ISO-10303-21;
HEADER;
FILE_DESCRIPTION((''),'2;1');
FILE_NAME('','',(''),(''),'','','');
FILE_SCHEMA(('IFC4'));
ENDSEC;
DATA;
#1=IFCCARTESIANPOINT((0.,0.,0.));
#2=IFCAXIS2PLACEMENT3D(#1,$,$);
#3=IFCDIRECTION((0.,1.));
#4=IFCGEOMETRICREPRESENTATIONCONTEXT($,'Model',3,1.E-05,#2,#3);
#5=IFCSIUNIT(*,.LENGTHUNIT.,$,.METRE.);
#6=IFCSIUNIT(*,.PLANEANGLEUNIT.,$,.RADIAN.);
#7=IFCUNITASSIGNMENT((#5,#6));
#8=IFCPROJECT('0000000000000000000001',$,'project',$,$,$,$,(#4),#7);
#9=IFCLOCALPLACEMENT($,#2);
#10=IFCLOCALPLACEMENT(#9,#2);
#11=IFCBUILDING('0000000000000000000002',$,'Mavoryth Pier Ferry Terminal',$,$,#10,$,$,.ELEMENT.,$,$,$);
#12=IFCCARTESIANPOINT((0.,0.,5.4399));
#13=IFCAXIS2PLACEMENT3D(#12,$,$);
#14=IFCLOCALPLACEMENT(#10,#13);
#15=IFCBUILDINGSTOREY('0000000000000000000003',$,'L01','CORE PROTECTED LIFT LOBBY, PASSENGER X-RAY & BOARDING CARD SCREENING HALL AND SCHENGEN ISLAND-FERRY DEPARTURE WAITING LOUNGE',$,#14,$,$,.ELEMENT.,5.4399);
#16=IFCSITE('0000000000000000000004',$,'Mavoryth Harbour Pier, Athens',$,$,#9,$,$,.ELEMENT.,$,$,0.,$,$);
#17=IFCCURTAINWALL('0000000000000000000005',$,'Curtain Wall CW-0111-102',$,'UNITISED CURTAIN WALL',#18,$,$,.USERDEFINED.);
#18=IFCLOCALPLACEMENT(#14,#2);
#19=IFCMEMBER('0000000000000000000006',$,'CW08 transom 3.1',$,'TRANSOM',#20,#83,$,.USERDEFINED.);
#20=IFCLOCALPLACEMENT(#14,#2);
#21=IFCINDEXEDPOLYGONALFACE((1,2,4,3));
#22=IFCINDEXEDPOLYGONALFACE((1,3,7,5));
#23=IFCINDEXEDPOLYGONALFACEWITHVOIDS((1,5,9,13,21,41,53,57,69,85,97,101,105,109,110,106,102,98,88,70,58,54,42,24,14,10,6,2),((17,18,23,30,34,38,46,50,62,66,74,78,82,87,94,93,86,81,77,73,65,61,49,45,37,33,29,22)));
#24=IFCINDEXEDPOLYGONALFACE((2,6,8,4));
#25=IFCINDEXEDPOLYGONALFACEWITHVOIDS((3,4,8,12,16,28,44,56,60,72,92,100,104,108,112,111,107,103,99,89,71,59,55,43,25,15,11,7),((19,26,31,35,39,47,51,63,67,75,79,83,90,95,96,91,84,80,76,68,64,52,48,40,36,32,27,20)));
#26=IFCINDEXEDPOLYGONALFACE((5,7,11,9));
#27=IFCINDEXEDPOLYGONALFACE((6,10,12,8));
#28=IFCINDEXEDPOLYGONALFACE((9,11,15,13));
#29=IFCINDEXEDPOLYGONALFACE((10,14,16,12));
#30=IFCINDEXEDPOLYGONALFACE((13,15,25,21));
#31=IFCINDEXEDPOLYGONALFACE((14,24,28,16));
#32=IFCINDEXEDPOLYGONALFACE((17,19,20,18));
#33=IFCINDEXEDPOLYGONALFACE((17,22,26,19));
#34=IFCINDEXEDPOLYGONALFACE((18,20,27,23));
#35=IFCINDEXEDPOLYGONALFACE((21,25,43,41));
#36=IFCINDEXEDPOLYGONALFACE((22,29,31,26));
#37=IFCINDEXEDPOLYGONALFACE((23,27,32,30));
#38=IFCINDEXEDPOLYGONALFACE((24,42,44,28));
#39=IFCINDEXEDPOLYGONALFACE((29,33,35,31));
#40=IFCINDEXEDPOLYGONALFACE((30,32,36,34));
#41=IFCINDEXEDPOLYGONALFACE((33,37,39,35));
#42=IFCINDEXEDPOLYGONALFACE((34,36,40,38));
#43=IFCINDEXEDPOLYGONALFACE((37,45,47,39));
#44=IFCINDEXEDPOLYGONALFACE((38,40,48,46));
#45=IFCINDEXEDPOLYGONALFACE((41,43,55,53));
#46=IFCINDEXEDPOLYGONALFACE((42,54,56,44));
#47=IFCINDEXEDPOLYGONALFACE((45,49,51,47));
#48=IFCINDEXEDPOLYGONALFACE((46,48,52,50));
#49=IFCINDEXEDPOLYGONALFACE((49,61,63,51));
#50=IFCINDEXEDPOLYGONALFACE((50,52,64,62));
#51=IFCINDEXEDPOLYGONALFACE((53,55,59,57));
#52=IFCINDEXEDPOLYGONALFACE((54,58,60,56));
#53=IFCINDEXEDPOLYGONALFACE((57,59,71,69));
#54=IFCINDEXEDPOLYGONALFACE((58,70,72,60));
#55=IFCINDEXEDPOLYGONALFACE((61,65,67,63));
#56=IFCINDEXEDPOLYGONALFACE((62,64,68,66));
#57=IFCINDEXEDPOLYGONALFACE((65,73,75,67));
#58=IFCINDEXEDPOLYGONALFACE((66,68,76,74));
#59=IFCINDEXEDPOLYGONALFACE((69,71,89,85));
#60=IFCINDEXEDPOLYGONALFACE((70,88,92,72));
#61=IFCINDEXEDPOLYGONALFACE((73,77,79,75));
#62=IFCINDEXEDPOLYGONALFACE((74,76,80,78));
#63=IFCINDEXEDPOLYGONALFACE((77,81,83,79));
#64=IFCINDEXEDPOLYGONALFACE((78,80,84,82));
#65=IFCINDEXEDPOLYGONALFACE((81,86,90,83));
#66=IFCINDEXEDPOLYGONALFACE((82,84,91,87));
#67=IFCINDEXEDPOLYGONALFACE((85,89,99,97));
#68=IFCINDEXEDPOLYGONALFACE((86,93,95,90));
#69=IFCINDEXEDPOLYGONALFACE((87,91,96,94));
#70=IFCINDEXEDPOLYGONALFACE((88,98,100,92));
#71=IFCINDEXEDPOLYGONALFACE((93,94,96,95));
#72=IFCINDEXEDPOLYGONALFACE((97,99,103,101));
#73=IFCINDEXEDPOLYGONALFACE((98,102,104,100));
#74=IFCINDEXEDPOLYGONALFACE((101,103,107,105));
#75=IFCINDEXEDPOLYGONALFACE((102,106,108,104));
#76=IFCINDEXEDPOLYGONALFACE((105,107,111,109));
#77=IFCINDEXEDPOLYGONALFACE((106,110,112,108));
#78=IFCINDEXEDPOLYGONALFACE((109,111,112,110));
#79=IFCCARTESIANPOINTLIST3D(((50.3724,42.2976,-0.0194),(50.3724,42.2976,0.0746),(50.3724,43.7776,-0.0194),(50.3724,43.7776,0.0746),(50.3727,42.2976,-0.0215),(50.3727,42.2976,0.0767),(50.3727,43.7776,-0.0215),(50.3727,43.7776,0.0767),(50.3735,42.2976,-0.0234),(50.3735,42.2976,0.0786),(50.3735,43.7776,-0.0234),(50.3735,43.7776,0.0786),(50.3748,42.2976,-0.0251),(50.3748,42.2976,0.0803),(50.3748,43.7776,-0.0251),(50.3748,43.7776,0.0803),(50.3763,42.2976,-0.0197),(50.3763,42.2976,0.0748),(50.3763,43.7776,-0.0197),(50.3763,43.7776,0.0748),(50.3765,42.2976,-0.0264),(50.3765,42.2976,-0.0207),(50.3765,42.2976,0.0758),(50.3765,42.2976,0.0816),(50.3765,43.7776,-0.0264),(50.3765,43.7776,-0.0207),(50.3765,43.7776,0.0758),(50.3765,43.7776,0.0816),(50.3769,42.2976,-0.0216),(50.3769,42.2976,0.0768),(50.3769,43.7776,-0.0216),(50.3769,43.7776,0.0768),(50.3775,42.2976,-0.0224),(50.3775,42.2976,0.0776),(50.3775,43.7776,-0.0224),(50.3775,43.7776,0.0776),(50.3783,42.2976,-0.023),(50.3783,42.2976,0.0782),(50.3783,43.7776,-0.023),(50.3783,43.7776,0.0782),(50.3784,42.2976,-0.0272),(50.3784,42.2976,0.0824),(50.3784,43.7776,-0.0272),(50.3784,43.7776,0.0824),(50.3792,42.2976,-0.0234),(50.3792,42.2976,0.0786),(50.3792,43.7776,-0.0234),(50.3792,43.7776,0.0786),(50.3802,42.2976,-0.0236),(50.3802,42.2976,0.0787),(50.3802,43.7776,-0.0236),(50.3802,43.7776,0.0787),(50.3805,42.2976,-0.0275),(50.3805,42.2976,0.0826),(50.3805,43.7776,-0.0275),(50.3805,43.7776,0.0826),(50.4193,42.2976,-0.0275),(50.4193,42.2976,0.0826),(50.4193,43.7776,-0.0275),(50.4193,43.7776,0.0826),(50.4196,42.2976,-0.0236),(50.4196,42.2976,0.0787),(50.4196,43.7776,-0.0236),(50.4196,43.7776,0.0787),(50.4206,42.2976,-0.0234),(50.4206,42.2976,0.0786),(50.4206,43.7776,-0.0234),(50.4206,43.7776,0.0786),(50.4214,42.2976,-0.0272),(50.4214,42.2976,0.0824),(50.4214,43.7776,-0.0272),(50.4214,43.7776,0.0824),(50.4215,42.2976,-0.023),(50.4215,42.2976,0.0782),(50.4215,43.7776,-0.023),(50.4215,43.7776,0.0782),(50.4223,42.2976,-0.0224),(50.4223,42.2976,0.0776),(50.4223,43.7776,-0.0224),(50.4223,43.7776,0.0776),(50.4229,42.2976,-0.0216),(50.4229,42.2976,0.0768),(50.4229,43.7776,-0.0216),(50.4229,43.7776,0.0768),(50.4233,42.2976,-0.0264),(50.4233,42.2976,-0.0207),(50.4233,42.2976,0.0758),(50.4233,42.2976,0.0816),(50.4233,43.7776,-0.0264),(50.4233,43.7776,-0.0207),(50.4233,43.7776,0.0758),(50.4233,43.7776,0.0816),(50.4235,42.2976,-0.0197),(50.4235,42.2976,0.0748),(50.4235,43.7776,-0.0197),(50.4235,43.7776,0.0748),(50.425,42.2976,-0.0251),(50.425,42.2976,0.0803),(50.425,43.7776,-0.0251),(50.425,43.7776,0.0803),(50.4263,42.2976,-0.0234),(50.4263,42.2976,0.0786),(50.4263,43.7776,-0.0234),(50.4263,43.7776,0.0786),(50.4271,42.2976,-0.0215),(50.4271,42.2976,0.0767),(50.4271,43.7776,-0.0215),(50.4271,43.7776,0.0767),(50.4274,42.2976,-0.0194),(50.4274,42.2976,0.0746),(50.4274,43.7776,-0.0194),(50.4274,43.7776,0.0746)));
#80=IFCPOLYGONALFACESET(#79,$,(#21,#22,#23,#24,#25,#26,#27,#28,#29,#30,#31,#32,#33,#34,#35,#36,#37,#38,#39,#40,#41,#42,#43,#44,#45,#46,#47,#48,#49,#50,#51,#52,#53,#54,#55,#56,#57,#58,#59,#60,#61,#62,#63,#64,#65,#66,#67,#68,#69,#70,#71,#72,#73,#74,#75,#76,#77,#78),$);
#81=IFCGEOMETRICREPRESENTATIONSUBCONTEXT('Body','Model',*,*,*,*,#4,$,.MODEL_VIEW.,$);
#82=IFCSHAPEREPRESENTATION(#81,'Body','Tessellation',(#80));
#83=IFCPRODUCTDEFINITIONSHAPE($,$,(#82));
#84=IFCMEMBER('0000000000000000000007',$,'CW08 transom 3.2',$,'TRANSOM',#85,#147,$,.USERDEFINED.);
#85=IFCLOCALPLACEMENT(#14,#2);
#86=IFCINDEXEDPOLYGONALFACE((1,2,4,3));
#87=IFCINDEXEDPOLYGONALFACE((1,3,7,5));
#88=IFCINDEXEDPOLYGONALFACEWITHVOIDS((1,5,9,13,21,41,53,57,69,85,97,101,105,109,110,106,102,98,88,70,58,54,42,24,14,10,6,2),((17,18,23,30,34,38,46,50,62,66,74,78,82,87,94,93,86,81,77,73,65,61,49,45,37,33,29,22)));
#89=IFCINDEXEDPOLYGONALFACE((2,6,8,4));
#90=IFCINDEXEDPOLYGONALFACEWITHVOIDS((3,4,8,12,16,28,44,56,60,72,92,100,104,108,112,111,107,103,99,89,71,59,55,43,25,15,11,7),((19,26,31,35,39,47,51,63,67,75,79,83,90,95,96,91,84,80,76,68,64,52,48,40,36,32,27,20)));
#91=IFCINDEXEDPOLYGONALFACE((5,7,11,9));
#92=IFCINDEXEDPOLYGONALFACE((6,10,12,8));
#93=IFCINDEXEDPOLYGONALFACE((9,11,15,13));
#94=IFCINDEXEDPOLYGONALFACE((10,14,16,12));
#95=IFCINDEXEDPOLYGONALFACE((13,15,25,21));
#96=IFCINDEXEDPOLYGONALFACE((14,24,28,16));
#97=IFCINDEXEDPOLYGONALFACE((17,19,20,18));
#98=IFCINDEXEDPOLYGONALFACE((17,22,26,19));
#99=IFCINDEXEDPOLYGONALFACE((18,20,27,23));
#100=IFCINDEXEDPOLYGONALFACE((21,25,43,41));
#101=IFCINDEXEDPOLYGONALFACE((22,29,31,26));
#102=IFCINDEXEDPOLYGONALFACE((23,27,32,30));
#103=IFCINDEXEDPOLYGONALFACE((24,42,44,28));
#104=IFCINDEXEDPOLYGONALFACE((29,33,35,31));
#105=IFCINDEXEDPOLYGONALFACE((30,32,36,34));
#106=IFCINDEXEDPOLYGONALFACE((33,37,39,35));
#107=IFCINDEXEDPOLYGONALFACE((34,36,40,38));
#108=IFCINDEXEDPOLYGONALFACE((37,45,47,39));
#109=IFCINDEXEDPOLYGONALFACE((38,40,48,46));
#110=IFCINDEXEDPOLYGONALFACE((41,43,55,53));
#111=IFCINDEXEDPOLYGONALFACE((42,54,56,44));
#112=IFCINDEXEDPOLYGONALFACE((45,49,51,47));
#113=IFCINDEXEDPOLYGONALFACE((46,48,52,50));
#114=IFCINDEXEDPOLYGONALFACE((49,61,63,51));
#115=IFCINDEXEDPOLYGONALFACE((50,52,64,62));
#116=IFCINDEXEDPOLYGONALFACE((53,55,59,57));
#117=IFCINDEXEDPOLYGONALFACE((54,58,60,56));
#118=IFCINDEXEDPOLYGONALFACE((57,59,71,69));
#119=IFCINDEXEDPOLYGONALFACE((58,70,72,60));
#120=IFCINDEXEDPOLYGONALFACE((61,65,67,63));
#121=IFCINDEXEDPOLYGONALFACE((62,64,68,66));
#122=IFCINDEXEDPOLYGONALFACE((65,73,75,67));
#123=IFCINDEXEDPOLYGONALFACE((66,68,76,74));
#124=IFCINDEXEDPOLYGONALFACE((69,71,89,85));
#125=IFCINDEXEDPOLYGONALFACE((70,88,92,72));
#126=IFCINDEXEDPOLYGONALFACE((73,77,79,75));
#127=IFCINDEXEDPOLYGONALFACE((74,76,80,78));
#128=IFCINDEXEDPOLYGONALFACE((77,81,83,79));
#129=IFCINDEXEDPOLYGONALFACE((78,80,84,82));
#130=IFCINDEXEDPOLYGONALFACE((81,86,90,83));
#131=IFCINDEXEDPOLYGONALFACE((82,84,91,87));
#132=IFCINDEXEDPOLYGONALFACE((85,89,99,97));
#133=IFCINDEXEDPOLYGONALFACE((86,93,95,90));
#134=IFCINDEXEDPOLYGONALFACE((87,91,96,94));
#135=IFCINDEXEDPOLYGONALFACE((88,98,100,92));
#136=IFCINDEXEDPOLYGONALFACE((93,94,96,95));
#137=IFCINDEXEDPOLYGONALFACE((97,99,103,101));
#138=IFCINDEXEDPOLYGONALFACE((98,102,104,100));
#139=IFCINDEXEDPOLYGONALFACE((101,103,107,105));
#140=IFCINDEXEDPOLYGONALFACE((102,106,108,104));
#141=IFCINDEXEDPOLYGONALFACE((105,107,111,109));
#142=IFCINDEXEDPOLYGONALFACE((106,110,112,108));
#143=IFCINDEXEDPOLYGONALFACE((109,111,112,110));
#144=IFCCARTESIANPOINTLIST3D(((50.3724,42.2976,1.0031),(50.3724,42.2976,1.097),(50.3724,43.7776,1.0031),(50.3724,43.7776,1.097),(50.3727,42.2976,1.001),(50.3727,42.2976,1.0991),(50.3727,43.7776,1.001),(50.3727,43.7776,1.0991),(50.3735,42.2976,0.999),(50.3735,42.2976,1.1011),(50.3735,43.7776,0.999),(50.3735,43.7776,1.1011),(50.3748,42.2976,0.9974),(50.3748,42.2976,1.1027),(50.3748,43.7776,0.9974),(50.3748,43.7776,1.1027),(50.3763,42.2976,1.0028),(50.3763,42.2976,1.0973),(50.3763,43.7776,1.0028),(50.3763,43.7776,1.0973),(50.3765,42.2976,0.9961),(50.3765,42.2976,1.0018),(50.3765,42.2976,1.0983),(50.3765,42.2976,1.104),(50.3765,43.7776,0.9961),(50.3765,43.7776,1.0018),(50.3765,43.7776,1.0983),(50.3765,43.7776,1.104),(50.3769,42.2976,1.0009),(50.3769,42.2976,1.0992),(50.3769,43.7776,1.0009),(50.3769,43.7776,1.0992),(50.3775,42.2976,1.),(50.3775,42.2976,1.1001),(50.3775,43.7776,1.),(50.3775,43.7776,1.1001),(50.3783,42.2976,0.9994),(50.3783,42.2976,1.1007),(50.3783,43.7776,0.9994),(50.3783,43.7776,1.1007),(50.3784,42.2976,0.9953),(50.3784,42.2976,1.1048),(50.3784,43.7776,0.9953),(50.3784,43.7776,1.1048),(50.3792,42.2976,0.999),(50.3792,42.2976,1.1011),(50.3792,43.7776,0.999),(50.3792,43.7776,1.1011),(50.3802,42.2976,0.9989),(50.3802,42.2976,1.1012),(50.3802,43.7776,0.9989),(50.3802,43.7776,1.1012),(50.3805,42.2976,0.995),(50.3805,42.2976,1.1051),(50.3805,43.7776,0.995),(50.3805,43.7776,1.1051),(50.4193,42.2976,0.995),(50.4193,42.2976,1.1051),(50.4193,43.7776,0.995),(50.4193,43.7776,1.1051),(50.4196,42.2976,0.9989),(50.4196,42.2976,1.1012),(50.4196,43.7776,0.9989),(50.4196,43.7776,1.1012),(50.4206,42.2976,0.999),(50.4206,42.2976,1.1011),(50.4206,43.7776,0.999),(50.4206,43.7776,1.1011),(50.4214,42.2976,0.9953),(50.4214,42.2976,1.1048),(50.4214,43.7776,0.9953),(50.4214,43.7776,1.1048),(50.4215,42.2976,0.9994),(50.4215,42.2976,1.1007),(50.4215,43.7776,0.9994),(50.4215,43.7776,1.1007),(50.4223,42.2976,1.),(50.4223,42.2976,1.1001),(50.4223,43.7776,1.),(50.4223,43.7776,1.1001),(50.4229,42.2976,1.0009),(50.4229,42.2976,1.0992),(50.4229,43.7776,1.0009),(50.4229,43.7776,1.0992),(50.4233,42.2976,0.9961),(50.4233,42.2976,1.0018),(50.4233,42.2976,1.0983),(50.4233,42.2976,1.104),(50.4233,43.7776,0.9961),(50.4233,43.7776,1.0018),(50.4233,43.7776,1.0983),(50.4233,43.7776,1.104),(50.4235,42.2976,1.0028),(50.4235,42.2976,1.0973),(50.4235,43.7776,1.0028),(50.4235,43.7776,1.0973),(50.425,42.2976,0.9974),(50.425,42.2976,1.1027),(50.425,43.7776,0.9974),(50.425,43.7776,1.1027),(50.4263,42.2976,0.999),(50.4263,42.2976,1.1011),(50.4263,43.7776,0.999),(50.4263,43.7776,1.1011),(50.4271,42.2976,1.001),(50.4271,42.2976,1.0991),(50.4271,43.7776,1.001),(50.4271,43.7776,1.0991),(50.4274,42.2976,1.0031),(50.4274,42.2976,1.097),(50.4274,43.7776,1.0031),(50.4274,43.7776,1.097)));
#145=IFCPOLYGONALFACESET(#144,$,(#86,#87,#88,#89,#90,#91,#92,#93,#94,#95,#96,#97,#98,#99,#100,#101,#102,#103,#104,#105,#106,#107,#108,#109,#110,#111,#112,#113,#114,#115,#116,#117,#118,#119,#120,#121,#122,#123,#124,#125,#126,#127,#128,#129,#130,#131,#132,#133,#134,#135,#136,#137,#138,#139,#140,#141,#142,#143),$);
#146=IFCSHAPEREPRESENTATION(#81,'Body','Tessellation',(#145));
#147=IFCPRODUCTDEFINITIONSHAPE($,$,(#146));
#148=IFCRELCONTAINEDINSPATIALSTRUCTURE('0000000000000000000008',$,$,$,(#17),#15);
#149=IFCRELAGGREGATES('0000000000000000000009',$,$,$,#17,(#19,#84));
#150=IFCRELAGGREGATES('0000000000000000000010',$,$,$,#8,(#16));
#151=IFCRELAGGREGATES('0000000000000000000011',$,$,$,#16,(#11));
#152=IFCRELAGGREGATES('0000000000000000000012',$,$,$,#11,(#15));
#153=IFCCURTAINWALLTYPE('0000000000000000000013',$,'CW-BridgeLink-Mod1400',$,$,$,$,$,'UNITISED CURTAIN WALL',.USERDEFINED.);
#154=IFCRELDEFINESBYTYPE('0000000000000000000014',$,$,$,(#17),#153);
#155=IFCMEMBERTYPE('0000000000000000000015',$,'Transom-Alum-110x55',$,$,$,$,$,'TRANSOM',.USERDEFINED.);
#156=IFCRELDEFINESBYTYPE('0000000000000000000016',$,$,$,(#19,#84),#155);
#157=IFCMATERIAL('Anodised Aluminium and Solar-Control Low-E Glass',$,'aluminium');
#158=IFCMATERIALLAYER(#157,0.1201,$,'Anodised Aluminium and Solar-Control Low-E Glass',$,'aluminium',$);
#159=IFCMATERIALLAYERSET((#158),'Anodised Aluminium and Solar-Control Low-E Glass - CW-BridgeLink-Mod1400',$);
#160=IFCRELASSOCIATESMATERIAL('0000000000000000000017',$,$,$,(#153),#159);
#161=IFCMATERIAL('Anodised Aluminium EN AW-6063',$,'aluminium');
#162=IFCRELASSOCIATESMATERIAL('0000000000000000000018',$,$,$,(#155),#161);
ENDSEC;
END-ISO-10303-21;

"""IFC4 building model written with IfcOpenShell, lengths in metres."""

from ifc_helpers import new_model, si_unit, direction, frame, origin, origin_2d, place, context, subcontext, project, spatial, hollow_rectangle, extrude, material, layer, layer_set, material_profile, profile_set, type_object, element, aggregate, save


model = new_model("IFC4")

# Units and contexts
model_context = context("Model", 3, precision=1e-05, world=origin(), true_north=direction((0.0, 1.0)))
body_context = subcontext(model_context, "Body", "Model", "MODEL_VIEW")
ifc_project = project(units=[si_unit("LENGTHUNIT", "METRE"), si_unit("PLANEANGLEUNIT", "RADIAN")], contexts=[model_context])

# Site, building, storey
site_placement = place(None, origin())
site = spatial("IfcSite", under=ifc_project, at=site_placement, Name="Mavoryth Harbour Pier, Athens", CompositionType="ELEMENT", RefElevation=0.0)
building_placement = place(site_placement, origin())
building = spatial("IfcBuilding", under=site, at=building_placement, Name="Mavoryth Pier Ferry Terminal", CompositionType="ELEMENT")
storey_placement = place(building_placement, frame((0.0, 0.0, 5.4399)))
storey = spatial("IfcBuildingStorey", under=building, at=storey_placement, Name="L01", Description="CORE PROTECTED LIFT LOBBY, PASSENGER X-RAY & BOARDING CARD SCREENING HALL AND SCHENGEN ISLAND-FERRY DEPARTURE WAITING LOUNGE", CompositionType="ELEMENT", Elevation=5.4399)

# Curtain wall
ifc_material_1 = material(Name="Anodised Aluminium and Solar-Control Low-E Glass", Category="aluminium")
ifc_layer_1 = layer(ifc_material_1, 0.1201, Name="Anodised Aluminium and Solar-Control Low-E Glass", Category="aluminium")
ifc_layer_set_1 = layer_set([ifc_layer_1], Name="Anodised Aluminium and Solar-Control Low-E Glass - CW-BridgeLink-Mod1400")
curtain_wall_type = type_object("IfcCurtainWallType", Name="CW-BridgeLink-Mod1400", ElementType="UNITISED CURTAIN WALL", PredefinedType="USERDEFINED", material=ifc_layer_set_1)
curtain_wall_1_placement = place(storey_placement, origin())
curtain_wall_1 = element("IfcCurtainWall", 1, at=curtain_wall_1_placement, inside=storey, type_object=curtain_wall_type, Name="Curtain Wall CW-0111-102", ObjectType="UNITISED CURTAIN WALL", PredefinedType="USERDEFINED")
ifc_material_2 = material(Name="Anodised Aluminium EN AW-6063", Category="aluminium")

# Members
ifc_material_profile_1 = material_profile(ifc_material_2, hollow_rectangle(XDim=0.0549, YDim=0.1101, WallThickness=0.0039, InnerFilletRadius=0.0039, OuterFilletRadius=0.0081, at=origin_2d()), Name="AL-TRAN 110x55x4", Category="aluminium")
ifc_profile_set_1 = profile_set([ifc_material_profile_1], Name="Anodised Aluminium EN AW-6063 - AL-TRAN 110x55x4")
member_type_1 = type_object("IfcMemberType", Name="Transom-Alum-110x55", ElementType="TRANSOM", PredefinedType="USERDEFINED", material=ifc_profile_set_1)
member_1_placement = place(storey_placement, frame((50.3999, 43.7776, 0.0276), z_axis=(0.0, -1.0, 0.0), x_axis=(1.0, 0.0, 0.0)))
member_1 = element("IfcMember", 2, at=member_1_placement, type_object=member_type_1, Name="CW08 transom 3.1", ObjectType="TRANSOM", PredefinedType="USERDEFINED", context=body_context, shape_type="SweptSolid", body=[
    extrude(hollow_rectangle(XDim=0.0549, YDim=0.1101, WallThickness=0.0039, InnerFilletRadius=0.0039, OuterFilletRadius=0.0081, at=origin_2d()), origin(), (0.0, 0.0, 1.0), 1.48),
])
member_2_placement = place(storey_placement, frame((50.3999, 43.7776, 1.05), z_axis=(0.0, -1.0, 0.0), x_axis=(1.0, 0.0, 0.0)))
member_2 = element("IfcMember", 3, at=member_2_placement, type_object=member_type_1, Name="CW08 transom 3.2", ObjectType="TRANSOM", PredefinedType="USERDEFINED", context=body_context, shape_type="SweptSolid", body=[
    extrude(hollow_rectangle(XDim=0.0549, YDim=0.1101, WallThickness=0.0039, InnerFilletRadius=0.0039, OuterFilletRadius=0.0081, at=origin_2d()), origin(), (0.0, 0.0, 1.0), 1.48),
])

aggregate(curtain_wall_1, [member_1, member_2])

save(model, "model.ifc")
